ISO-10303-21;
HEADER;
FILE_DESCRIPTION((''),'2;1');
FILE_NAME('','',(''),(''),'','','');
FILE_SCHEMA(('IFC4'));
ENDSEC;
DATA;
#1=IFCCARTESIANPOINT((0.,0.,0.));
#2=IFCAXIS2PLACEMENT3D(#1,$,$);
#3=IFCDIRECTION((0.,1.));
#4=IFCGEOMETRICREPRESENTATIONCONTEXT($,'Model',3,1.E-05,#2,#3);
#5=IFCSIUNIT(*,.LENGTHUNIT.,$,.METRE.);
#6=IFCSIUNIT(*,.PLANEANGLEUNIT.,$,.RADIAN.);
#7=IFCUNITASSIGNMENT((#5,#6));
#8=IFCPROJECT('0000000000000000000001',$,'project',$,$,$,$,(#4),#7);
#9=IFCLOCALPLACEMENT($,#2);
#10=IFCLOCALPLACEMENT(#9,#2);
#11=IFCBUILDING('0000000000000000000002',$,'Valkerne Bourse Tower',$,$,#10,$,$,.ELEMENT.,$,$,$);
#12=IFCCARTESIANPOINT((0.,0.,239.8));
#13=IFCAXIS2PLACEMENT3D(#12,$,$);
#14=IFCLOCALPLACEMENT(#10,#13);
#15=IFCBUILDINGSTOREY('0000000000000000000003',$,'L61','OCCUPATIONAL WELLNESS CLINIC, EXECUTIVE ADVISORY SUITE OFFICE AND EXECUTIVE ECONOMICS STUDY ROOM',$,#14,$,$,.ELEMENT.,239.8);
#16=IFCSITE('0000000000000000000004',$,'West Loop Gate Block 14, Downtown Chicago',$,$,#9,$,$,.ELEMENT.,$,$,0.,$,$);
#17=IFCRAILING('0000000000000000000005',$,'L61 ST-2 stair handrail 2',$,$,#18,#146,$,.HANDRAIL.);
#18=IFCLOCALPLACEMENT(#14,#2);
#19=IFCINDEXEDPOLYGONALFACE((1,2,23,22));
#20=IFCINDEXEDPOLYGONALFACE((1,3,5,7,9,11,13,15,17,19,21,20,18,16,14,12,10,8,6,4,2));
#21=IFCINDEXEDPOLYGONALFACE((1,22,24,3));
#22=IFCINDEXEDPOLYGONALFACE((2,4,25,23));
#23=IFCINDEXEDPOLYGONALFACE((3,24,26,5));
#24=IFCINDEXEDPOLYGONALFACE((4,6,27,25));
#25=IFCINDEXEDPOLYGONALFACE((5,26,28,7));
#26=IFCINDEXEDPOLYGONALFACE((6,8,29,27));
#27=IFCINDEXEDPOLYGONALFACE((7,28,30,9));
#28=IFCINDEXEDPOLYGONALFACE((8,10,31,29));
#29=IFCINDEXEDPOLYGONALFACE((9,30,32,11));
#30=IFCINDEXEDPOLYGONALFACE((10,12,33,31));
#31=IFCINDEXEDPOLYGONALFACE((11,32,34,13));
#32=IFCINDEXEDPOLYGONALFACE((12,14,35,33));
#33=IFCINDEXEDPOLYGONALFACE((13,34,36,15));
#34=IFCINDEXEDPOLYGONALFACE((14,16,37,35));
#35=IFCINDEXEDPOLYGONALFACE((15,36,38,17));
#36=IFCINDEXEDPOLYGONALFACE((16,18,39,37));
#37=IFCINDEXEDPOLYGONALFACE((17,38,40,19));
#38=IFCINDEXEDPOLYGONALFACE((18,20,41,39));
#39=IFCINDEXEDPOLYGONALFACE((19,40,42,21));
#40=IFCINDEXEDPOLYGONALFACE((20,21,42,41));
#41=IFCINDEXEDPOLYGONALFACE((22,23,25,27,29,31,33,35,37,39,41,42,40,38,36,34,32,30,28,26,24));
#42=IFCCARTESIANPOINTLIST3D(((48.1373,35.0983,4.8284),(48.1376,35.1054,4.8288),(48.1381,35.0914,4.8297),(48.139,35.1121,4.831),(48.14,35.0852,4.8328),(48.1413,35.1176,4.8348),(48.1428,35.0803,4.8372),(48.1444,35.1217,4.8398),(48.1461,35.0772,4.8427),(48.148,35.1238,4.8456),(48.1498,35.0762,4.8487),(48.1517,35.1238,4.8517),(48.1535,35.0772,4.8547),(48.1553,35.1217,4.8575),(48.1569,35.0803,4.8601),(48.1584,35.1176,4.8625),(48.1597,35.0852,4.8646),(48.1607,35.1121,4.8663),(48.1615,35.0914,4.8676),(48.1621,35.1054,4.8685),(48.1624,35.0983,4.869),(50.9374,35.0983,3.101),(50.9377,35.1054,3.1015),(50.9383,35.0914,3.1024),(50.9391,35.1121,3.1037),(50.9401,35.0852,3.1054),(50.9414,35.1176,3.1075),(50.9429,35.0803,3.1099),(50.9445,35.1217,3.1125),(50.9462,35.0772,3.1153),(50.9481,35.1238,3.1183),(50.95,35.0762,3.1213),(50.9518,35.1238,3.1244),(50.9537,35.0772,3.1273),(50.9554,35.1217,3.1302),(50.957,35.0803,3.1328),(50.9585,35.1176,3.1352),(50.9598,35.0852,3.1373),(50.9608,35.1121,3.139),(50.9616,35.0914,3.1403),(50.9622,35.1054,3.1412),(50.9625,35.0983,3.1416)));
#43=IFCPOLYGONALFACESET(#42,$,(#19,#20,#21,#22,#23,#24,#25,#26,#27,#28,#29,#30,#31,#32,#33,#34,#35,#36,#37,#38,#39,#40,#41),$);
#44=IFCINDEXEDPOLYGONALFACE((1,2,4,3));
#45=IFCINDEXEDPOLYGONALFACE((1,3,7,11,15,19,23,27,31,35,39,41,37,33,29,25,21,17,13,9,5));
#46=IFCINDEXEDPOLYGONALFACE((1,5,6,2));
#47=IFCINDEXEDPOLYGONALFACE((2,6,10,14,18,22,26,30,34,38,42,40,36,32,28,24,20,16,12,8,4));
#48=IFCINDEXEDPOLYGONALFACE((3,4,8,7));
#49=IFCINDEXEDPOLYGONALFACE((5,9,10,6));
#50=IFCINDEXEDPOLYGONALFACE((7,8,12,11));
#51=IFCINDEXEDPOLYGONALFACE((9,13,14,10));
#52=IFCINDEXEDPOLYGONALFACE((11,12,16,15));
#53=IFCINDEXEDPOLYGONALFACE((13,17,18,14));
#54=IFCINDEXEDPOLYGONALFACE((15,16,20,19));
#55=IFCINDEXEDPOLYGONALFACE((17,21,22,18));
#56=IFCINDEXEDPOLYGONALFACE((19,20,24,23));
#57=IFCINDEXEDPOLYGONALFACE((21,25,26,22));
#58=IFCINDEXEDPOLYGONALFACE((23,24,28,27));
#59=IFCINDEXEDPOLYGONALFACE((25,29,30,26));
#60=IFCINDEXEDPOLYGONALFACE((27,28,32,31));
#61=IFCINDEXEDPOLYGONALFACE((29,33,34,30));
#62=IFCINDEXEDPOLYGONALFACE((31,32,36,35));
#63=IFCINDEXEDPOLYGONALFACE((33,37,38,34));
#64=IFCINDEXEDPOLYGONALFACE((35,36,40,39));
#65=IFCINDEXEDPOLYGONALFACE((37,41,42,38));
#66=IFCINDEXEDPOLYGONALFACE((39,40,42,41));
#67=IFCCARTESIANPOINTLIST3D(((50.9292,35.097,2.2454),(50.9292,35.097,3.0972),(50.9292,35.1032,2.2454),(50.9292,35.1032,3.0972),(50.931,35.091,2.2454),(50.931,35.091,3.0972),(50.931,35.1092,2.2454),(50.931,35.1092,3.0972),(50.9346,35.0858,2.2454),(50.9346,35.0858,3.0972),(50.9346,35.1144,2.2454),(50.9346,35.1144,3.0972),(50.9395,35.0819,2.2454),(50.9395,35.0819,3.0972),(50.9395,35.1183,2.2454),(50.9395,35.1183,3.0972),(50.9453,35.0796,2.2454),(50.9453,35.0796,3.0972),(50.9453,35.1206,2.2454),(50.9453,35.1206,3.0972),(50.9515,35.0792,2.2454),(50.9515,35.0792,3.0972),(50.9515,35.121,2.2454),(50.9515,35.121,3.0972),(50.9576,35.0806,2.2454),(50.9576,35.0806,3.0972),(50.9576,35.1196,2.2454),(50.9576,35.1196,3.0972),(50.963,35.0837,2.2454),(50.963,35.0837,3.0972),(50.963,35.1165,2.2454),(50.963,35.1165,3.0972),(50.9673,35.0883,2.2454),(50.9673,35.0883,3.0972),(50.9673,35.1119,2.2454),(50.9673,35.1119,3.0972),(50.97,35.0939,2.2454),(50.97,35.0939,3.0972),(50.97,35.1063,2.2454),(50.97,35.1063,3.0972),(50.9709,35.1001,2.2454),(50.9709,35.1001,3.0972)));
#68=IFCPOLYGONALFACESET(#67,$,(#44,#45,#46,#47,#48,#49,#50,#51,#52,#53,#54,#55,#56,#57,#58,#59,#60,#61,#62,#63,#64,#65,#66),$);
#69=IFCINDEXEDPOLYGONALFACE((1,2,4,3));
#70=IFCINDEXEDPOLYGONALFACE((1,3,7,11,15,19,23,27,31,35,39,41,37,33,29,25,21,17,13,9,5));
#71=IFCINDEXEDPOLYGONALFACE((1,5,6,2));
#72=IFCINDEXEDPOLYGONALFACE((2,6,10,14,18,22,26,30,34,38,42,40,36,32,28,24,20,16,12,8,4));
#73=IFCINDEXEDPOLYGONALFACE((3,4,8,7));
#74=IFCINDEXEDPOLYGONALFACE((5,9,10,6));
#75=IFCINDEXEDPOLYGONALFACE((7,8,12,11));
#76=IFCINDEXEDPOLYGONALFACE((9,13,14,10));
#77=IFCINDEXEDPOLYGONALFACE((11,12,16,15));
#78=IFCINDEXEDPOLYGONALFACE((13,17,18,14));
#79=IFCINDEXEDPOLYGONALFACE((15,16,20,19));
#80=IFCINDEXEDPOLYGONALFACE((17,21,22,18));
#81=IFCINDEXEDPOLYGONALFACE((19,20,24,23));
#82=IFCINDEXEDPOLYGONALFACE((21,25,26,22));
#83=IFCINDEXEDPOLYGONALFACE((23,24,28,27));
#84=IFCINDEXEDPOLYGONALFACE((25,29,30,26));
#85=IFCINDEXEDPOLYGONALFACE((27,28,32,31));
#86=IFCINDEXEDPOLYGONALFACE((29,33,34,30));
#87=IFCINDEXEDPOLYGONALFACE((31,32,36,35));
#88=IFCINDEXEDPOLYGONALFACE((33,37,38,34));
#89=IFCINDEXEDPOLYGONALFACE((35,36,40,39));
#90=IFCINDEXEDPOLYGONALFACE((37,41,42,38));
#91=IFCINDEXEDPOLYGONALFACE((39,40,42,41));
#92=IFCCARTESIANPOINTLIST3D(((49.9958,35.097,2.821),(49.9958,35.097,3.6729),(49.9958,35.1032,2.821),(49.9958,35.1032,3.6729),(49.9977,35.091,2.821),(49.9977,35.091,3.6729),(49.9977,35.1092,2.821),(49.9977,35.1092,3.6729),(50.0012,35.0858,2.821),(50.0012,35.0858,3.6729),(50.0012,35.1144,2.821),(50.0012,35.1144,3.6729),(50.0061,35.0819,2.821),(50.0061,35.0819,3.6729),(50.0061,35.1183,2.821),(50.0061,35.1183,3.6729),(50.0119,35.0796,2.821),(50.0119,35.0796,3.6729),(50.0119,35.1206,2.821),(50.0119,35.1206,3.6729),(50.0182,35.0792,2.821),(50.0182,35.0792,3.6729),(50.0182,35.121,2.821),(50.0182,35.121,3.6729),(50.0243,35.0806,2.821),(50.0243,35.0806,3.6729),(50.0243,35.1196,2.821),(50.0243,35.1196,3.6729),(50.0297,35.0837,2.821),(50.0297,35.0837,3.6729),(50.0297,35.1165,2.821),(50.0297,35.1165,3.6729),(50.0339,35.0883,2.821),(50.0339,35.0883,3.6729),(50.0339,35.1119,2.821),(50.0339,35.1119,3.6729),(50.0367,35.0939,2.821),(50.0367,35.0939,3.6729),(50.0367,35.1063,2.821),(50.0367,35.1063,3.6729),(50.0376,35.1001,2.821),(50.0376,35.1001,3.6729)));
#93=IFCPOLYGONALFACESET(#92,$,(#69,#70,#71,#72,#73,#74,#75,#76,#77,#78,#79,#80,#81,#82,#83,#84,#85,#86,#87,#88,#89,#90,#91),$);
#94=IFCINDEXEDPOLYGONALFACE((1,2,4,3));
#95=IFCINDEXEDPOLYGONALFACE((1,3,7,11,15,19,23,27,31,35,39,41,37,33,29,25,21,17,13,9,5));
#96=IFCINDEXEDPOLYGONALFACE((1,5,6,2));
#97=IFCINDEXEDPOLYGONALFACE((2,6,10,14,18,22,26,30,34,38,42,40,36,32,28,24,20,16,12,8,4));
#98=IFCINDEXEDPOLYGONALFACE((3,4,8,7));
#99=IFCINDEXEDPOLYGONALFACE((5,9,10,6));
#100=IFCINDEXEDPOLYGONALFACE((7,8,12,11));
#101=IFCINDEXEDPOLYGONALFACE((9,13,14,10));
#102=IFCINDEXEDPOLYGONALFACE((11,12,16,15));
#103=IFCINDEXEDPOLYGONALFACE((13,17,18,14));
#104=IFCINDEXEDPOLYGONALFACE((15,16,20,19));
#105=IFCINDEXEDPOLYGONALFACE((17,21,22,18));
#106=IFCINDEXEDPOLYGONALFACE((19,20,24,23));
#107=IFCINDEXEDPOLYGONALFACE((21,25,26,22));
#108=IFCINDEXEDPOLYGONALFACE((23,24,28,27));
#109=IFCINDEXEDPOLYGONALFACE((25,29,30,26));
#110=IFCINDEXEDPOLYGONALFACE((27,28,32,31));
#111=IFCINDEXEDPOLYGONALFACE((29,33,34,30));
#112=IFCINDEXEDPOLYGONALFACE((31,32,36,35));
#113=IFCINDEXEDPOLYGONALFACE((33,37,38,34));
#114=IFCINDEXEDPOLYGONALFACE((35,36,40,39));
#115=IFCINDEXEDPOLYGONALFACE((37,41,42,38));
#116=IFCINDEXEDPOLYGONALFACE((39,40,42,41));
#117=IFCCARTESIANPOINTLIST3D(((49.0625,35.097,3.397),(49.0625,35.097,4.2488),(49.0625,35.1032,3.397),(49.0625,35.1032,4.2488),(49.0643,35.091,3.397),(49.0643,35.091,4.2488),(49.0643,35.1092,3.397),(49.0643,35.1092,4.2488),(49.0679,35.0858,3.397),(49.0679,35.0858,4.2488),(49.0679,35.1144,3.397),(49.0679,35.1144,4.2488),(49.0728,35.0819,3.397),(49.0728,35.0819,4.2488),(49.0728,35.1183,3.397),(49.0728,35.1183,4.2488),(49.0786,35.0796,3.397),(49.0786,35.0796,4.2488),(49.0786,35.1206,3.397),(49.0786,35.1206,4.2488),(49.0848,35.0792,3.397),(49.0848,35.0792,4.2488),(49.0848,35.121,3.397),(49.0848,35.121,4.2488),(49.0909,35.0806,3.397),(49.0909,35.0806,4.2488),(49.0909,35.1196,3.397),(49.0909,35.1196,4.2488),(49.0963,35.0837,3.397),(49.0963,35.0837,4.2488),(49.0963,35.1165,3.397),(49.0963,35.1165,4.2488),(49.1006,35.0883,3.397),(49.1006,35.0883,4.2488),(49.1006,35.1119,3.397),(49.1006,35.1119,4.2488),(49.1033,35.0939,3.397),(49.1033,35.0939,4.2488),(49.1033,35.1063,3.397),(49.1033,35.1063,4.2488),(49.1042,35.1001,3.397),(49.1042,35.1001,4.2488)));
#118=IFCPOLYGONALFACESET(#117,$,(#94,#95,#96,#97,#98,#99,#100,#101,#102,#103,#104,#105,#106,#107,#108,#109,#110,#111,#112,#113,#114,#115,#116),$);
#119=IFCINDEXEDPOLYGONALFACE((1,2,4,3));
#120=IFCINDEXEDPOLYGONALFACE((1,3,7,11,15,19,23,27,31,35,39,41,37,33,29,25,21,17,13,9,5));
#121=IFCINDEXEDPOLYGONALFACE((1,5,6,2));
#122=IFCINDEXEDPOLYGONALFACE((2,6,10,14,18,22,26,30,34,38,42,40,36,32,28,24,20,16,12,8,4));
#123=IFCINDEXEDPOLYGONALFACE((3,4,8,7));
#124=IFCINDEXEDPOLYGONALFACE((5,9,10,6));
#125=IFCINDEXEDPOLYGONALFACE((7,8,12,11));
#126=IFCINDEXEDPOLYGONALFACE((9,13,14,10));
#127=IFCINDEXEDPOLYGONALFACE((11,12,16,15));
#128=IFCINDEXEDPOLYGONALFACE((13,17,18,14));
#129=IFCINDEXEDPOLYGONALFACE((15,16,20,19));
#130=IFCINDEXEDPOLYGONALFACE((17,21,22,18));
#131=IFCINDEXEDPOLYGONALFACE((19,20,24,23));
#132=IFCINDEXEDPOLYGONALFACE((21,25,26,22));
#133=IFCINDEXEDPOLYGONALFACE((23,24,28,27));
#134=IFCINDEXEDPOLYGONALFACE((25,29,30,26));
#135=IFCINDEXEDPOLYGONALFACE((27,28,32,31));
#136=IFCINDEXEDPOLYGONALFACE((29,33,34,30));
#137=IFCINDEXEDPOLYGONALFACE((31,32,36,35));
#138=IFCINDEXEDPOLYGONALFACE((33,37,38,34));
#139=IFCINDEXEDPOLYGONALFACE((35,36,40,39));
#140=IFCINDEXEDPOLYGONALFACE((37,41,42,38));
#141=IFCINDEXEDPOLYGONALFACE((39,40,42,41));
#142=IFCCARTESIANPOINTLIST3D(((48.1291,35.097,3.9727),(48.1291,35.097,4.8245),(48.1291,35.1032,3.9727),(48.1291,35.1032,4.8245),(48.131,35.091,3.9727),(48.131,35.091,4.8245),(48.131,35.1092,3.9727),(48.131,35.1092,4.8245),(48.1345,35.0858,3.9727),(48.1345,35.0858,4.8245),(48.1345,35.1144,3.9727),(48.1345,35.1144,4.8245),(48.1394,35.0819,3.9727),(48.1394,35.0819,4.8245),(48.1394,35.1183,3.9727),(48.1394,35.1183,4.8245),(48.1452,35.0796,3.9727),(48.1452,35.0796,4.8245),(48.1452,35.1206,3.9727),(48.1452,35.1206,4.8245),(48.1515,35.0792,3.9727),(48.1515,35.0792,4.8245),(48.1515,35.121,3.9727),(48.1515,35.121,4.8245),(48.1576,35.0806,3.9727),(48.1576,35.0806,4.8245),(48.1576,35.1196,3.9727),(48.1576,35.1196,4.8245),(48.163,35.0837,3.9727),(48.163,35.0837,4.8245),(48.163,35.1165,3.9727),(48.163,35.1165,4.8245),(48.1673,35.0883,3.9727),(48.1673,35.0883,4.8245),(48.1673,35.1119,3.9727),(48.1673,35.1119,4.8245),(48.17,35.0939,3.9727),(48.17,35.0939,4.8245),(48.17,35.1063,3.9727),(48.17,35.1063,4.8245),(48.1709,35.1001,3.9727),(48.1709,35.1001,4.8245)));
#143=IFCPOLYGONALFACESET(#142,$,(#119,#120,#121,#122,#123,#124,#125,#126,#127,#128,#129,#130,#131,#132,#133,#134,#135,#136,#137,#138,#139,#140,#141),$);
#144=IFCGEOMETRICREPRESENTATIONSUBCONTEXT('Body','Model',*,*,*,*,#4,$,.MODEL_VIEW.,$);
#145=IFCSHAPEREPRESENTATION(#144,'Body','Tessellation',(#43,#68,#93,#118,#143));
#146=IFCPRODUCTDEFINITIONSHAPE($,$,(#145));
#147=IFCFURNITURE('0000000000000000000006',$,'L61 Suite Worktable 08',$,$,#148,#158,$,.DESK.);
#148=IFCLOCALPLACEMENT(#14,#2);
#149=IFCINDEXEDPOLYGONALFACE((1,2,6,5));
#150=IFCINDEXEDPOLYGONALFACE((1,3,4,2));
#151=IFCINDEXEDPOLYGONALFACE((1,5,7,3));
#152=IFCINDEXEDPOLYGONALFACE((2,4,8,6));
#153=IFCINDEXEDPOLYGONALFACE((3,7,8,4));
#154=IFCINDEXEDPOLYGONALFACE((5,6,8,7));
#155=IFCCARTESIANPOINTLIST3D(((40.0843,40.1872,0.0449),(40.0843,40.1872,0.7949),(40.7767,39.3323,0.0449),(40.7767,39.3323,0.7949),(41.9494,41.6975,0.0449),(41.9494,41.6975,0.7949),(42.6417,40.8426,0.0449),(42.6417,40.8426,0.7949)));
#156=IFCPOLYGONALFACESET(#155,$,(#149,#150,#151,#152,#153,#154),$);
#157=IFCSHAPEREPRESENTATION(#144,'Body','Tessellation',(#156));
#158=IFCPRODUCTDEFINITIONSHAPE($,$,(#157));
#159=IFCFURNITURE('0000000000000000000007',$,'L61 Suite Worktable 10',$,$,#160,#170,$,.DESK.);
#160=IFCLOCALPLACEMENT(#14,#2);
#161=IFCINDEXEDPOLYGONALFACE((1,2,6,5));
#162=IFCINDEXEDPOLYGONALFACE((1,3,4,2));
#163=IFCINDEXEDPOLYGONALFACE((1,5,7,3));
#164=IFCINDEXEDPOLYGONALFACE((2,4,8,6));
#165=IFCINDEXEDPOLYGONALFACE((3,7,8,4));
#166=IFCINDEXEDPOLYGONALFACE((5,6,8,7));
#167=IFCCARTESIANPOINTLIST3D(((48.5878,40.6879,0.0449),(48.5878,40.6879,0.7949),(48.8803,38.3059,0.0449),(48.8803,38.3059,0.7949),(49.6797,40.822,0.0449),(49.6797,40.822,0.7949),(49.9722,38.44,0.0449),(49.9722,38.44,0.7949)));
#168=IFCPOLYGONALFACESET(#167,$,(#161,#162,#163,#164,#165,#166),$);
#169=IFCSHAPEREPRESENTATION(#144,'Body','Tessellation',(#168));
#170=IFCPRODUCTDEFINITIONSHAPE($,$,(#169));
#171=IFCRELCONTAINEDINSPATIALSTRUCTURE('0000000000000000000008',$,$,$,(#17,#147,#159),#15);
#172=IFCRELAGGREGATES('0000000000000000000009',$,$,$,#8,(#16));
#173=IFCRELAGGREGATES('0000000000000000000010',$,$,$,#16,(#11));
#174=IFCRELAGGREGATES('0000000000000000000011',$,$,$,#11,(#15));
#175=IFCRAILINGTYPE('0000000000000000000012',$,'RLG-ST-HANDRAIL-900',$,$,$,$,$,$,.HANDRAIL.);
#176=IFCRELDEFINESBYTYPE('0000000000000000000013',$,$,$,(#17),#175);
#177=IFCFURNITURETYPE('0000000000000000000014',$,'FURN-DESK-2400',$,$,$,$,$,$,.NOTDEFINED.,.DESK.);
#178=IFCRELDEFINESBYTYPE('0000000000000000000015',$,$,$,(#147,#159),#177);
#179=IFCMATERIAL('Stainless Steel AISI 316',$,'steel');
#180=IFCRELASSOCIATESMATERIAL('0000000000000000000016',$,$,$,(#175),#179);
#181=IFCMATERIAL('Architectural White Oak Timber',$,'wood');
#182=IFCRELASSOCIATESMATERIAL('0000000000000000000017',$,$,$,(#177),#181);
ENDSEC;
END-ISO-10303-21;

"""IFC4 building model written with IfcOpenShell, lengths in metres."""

from ifc_helpers import new_model, si_unit, direction, frame, origin, origin_2d, place, context, subcontext, project, spatial, rectangle, circle, extrude, material, type_object, element, save


model = new_model("IFC4")

# Units and contexts
model_context = context("Model", 3, precision=1e-05, world=origin(), true_north=direction((0.0, 1.0)))
body_context = subcontext(model_context, "Body", "Model", "MODEL_VIEW")
ifc_project = project(units=[si_unit("LENGTHUNIT", "METRE"), si_unit("PLANEANGLEUNIT", "RADIAN")], contexts=[model_context])

# Site, building, storey
site_placement = place(None, origin())
site = spatial("IfcSite", under=ifc_project, at=site_placement, Name="West Loop Gate Block 14, Downtown Chicago", CompositionType="ELEMENT", RefElevation=0.0)
building_placement = place(site_placement, origin())
building = spatial("IfcBuilding", under=site, at=building_placement, Name="Valkerne Bourse Tower", CompositionType="ELEMENT")
storey_placement = place(building_placement, frame((0.0, 0.0, 239.8)))
storey = spatial("IfcBuildingStorey", under=building, at=storey_placement, Name="L61", Description="OCCUPATIONAL WELLNESS CLINIC, EXECUTIVE ADVISORY SUITE OFFICE AND EXECUTIVE ECONOMICS STUDY ROOM", CompositionType="ELEMENT", Elevation=239.8)

# Railing
ifc_material_1 = material(Name="Stainless Steel AISI 316", Category="steel")
railing_type_1 = type_object("IfcRailingType", Name="RLG-ST-HANDRAIL-900", PredefinedType="HANDRAIL", material=ifc_material_1)
railing_1_placement = place(storey_placement, frame((50.95, 35.1001, 2.2454)))
element("IfcRailing", 1, at=railing_1_placement, inside=storey, type_object=railing_type_1, Name="L61 ST-2 stair handrail 2", PredefinedType="HANDRAIL", context=body_context, shape_type="SweptSolid", body=[
    extrude(circle(Radius=0.0239, at=origin_2d()), frame((0.0, 0.0, 0.876), z_axis=(-0.85109, 0.0, 0.52502), x_axis=(0.0, -1.0, 0.0)), (0.0, 0.0, 1.0), 3.29),
    extrude(circle(Radius=0.021, at=origin_2d()), origin(), (0.0, 0.0, 1.0), 0.8518),
    extrude(circle(Radius=0.021, at=origin_2d()), frame((-0.9333, 0.0, 0.5757)), (0.0, 0.0, 1.0), 0.8518),
    extrude(circle(Radius=0.021, at=origin_2d()), frame((-1.8667, 0.0, 1.1516)), (0.0, 0.0, 1.0), 0.8518),
    extrude(circle(Radius=0.021, at=origin_2d()), frame((-2.8, 0.0, 1.7273)), (0.0, 0.0, 1.0), 0.8518),
])

# Furniture
ifc_material_2 = material(Name="Architectural White Oak Timber", Category="wood")
furniture_type = type_object("IfcFurnitureType", Name="FURN-DESK-2400", AssemblyPlace="NOTDEFINED", PredefinedType="DESK", material=ifc_material_2)
for number, where, z_axis, x_axis, name in (
    (2, (41.363, 40.5149, 0.0449), (0.0, 0.0, 1.0), (0.777146, 0.62932, 0.0), "L61 Suite Worktable 08"),
    (3, (49.28, 39.564, 0.0449), (0.0, 0.0, 1.0), (-0.121869, 0.992546, 0.0), "L61 Suite Worktable 10"),
):
    element("IfcFurniture", number, at=place(storey_placement, frame(where, z_axis=z_axis, x_axis=x_axis)), inside=storey, type_object=furniture_type, Name=name, PredefinedType="DESK", context=body_context, shape_type="SweptSolid", body=[
        extrude(rectangle(XDim=2.3999, YDim=1.1001, at=origin_2d()), origin(), (0.0, 0.0, 1.0), 0.75),
    ])

save(model, "model.ifc")
